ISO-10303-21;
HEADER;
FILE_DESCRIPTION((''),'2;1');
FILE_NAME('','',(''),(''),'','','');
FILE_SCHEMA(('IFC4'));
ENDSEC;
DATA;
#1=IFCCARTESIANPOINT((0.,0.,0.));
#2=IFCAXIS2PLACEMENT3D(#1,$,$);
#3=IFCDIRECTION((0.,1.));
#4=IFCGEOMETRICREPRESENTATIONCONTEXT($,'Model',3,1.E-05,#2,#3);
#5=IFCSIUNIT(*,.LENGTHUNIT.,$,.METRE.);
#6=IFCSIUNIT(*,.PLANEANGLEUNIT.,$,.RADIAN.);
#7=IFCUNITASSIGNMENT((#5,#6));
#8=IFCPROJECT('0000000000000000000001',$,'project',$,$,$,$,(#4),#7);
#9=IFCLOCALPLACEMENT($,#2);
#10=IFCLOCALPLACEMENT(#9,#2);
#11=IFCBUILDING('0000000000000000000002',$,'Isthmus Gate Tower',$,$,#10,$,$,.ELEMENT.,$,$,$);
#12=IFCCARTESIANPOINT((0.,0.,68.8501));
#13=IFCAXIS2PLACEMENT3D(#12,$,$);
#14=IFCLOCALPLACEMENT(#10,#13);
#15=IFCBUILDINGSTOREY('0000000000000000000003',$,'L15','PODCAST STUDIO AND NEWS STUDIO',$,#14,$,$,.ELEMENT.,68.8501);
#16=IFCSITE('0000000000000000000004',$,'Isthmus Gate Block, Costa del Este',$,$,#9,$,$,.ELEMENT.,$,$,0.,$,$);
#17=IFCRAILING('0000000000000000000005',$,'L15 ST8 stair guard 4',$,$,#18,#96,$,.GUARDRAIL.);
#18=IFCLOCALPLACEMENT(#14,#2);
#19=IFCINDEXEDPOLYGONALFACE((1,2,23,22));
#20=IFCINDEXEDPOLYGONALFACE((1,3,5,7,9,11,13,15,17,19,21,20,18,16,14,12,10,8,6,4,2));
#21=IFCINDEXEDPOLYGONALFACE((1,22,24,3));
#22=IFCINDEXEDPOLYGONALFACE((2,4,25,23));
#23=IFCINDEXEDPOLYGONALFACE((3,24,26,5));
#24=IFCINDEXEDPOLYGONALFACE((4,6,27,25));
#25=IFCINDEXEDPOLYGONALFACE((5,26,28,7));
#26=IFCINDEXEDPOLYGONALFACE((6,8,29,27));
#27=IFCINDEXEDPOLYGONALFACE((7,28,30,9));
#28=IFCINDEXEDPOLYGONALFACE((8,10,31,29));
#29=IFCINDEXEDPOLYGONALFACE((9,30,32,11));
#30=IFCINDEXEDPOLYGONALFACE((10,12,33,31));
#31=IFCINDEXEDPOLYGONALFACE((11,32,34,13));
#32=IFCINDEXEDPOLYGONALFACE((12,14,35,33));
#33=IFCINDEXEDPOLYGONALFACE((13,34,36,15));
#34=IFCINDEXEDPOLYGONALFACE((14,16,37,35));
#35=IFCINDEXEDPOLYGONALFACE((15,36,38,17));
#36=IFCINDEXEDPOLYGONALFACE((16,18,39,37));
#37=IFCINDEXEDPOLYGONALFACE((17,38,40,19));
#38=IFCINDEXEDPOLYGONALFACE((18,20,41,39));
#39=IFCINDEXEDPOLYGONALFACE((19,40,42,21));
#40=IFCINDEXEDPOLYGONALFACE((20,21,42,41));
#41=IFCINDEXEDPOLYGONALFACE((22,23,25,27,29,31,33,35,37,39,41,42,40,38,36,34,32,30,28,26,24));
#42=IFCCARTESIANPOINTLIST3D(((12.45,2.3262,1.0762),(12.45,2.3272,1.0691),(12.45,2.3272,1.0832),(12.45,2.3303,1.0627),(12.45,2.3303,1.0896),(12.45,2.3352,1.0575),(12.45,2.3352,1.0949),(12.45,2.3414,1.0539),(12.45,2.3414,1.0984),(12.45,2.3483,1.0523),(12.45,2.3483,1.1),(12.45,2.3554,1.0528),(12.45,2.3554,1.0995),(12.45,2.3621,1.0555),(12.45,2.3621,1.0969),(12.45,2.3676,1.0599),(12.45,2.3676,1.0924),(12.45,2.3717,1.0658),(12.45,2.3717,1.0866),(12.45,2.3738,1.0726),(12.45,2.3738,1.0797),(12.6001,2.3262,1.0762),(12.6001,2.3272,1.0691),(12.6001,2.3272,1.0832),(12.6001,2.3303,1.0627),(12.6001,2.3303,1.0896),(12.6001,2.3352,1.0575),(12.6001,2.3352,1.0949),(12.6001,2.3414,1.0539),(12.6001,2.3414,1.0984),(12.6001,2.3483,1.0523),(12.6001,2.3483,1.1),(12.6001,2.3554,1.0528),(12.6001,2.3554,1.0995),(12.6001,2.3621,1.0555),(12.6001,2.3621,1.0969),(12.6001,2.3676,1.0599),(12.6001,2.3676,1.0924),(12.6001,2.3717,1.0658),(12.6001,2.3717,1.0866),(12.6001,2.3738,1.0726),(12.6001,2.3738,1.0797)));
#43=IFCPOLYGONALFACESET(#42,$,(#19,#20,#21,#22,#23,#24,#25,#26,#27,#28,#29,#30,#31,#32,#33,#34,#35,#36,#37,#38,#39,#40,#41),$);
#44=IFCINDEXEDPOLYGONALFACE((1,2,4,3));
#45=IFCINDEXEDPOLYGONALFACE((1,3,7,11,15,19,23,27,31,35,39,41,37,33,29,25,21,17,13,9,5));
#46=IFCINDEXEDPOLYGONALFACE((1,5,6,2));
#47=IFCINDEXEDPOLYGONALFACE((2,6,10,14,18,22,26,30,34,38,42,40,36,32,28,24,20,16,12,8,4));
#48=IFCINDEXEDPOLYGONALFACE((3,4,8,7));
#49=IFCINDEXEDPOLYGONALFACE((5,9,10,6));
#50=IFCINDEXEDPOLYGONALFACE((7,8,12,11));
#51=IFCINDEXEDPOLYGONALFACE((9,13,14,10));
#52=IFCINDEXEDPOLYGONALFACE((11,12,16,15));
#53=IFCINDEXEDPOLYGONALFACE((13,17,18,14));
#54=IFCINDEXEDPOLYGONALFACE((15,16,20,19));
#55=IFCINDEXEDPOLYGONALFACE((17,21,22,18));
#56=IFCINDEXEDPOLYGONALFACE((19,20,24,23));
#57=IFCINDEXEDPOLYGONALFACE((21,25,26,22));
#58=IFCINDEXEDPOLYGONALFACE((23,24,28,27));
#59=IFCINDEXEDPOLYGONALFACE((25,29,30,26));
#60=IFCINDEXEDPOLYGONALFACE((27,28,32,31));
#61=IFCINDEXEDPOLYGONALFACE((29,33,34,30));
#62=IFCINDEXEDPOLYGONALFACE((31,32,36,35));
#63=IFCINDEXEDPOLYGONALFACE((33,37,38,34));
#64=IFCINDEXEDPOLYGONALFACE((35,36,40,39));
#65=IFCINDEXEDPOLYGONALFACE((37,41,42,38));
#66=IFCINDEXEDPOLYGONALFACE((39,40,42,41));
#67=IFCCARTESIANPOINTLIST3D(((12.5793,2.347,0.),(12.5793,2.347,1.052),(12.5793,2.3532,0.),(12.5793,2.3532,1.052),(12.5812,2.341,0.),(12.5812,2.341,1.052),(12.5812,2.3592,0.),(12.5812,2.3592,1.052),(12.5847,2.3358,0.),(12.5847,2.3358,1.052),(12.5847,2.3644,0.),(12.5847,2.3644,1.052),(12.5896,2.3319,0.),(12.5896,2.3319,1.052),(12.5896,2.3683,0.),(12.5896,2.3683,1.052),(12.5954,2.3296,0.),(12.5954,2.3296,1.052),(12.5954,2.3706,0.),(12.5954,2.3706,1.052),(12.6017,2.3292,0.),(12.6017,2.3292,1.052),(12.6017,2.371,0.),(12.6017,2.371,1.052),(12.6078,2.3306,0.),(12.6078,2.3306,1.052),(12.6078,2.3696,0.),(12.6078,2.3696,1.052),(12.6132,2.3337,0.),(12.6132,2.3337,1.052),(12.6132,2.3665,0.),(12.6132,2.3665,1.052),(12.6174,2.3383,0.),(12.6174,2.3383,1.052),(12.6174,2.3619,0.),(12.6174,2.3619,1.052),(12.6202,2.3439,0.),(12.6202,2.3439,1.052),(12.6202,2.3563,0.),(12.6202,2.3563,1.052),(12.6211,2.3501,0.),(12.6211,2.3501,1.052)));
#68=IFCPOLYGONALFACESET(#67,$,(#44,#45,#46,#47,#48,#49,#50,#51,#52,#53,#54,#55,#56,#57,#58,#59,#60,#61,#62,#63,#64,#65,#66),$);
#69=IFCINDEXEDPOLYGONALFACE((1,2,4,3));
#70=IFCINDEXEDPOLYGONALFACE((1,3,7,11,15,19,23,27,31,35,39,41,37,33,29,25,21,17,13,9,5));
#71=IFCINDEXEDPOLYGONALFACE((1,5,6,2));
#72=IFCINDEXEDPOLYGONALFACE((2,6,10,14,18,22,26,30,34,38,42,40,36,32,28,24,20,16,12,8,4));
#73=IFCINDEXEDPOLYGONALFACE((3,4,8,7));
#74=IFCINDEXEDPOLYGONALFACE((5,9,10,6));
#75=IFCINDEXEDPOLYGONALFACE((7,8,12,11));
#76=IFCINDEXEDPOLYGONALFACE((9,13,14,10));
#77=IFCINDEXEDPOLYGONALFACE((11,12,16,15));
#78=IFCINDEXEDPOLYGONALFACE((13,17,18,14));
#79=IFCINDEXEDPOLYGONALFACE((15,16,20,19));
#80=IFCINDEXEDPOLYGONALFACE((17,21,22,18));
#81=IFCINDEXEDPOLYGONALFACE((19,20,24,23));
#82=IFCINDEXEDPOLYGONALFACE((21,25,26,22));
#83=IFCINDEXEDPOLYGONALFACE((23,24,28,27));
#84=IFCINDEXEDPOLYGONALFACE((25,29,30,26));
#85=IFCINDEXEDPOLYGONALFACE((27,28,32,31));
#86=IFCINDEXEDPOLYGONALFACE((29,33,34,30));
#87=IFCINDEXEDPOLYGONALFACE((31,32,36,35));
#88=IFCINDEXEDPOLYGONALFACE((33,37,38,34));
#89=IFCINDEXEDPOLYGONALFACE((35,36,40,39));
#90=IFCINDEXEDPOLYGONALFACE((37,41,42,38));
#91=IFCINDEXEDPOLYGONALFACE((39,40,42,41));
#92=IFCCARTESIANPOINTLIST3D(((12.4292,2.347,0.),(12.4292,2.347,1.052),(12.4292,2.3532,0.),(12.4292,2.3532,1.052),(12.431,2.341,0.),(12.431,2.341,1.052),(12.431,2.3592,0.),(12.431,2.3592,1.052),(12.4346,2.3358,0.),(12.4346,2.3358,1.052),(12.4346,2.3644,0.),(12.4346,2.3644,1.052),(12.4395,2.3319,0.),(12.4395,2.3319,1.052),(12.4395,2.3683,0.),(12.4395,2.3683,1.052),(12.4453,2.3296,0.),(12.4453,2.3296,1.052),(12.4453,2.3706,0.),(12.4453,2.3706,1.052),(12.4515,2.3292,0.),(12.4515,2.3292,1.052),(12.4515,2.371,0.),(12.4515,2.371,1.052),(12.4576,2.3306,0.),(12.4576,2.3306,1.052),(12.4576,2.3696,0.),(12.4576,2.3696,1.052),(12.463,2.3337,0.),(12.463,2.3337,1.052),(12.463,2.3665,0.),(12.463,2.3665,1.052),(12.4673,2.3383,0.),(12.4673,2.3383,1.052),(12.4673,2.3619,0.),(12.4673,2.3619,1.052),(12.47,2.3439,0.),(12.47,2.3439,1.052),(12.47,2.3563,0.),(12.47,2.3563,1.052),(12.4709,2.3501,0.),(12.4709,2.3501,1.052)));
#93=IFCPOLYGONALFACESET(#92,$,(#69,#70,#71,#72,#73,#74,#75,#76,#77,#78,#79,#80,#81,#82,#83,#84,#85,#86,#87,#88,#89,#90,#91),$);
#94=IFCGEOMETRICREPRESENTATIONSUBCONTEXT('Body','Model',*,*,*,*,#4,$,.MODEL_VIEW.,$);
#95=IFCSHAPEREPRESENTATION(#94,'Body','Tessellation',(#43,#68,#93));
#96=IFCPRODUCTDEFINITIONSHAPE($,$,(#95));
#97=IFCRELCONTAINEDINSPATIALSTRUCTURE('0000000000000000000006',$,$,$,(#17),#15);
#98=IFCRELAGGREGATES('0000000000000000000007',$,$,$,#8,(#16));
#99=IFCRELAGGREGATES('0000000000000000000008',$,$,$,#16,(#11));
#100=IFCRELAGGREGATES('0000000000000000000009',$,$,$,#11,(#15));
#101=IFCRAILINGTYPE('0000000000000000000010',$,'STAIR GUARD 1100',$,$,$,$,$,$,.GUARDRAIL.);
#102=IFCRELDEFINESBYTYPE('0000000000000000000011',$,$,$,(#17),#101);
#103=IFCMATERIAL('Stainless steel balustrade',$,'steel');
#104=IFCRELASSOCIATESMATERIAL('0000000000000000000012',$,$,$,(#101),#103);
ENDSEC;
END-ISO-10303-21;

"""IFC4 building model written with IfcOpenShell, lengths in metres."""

from ifc_helpers import new_model, si_unit, direction, frame, origin, origin_2d, place, context, subcontext, project, spatial, circle, extrude, material, type_object, element, save


model = new_model("IFC4")

# Units and contexts
model_context = context("Model", 3, precision=1e-05, world=origin(), true_north=direction((0.0, 1.0)))
body_context = subcontext(model_context, "Body", "Model", "MODEL_VIEW")
ifc_project = project(units=[si_unit("LENGTHUNIT", "METRE"), si_unit("PLANEANGLEUNIT", "RADIAN")], contexts=[model_context])

# Site, building, storey
site_placement = place(None, origin())
site = spatial("IfcSite", under=ifc_project, at=site_placement, Name="Isthmus Gate Block, Costa del Este", CompositionType="ELEMENT", RefElevation=0.0)
building_placement = place(site_placement, origin())
building = spatial("IfcBuilding", under=site, at=building_placement, Name="Isthmus Gate Tower", CompositionType="ELEMENT")
storey_placement = place(building_placement, frame((0.0, 0.0, 68.8501)))
storey = spatial("IfcBuildingStorey", under=building, at=storey_placement, Name="L15", Description="PODCAST STUDIO AND NEWS STUDIO", CompositionType="ELEMENT", Elevation=68.8501)

# Railing
ifc_material_1 = material(Name="Stainless steel balustrade", Category="steel")
railing_type_1 = type_object("IfcRailingType", Name="STAIR GUARD 1100", PredefinedType="GUARDRAIL", material=ifc_material_1)
railing_1_placement = place(storey_placement, frame((12.6001, 2.3501, 0.0)))
element("IfcRailing", 1, at=railing_1_placement, inside=storey, type_object=railing_type_1, Name="L15 ST8 stair guard 4", PredefinedType="GUARDRAIL", context=body_context, shape_type="SweptSolid", body=[
    extrude(circle(Radius=0.0239, at=origin_2d()), frame((0.0, 0.0, 1.0762), z_axis=(-1.0, 0.0, 0.0), x_axis=(0.0, -1.0, 0.0)), (0.0, 0.0, 1.0), 0.1501),
    extrude(circle(Radius=0.021, at=origin_2d()), origin(), (0.0, 0.0, 1.0), 1.052),
    extrude(circle(Radius=0.021, at=origin_2d()), frame((-0.1501, 0.0, 0.0)), (0.0, 0.0, 1.0), 1.052),
])

save(model, "model.ifc")
